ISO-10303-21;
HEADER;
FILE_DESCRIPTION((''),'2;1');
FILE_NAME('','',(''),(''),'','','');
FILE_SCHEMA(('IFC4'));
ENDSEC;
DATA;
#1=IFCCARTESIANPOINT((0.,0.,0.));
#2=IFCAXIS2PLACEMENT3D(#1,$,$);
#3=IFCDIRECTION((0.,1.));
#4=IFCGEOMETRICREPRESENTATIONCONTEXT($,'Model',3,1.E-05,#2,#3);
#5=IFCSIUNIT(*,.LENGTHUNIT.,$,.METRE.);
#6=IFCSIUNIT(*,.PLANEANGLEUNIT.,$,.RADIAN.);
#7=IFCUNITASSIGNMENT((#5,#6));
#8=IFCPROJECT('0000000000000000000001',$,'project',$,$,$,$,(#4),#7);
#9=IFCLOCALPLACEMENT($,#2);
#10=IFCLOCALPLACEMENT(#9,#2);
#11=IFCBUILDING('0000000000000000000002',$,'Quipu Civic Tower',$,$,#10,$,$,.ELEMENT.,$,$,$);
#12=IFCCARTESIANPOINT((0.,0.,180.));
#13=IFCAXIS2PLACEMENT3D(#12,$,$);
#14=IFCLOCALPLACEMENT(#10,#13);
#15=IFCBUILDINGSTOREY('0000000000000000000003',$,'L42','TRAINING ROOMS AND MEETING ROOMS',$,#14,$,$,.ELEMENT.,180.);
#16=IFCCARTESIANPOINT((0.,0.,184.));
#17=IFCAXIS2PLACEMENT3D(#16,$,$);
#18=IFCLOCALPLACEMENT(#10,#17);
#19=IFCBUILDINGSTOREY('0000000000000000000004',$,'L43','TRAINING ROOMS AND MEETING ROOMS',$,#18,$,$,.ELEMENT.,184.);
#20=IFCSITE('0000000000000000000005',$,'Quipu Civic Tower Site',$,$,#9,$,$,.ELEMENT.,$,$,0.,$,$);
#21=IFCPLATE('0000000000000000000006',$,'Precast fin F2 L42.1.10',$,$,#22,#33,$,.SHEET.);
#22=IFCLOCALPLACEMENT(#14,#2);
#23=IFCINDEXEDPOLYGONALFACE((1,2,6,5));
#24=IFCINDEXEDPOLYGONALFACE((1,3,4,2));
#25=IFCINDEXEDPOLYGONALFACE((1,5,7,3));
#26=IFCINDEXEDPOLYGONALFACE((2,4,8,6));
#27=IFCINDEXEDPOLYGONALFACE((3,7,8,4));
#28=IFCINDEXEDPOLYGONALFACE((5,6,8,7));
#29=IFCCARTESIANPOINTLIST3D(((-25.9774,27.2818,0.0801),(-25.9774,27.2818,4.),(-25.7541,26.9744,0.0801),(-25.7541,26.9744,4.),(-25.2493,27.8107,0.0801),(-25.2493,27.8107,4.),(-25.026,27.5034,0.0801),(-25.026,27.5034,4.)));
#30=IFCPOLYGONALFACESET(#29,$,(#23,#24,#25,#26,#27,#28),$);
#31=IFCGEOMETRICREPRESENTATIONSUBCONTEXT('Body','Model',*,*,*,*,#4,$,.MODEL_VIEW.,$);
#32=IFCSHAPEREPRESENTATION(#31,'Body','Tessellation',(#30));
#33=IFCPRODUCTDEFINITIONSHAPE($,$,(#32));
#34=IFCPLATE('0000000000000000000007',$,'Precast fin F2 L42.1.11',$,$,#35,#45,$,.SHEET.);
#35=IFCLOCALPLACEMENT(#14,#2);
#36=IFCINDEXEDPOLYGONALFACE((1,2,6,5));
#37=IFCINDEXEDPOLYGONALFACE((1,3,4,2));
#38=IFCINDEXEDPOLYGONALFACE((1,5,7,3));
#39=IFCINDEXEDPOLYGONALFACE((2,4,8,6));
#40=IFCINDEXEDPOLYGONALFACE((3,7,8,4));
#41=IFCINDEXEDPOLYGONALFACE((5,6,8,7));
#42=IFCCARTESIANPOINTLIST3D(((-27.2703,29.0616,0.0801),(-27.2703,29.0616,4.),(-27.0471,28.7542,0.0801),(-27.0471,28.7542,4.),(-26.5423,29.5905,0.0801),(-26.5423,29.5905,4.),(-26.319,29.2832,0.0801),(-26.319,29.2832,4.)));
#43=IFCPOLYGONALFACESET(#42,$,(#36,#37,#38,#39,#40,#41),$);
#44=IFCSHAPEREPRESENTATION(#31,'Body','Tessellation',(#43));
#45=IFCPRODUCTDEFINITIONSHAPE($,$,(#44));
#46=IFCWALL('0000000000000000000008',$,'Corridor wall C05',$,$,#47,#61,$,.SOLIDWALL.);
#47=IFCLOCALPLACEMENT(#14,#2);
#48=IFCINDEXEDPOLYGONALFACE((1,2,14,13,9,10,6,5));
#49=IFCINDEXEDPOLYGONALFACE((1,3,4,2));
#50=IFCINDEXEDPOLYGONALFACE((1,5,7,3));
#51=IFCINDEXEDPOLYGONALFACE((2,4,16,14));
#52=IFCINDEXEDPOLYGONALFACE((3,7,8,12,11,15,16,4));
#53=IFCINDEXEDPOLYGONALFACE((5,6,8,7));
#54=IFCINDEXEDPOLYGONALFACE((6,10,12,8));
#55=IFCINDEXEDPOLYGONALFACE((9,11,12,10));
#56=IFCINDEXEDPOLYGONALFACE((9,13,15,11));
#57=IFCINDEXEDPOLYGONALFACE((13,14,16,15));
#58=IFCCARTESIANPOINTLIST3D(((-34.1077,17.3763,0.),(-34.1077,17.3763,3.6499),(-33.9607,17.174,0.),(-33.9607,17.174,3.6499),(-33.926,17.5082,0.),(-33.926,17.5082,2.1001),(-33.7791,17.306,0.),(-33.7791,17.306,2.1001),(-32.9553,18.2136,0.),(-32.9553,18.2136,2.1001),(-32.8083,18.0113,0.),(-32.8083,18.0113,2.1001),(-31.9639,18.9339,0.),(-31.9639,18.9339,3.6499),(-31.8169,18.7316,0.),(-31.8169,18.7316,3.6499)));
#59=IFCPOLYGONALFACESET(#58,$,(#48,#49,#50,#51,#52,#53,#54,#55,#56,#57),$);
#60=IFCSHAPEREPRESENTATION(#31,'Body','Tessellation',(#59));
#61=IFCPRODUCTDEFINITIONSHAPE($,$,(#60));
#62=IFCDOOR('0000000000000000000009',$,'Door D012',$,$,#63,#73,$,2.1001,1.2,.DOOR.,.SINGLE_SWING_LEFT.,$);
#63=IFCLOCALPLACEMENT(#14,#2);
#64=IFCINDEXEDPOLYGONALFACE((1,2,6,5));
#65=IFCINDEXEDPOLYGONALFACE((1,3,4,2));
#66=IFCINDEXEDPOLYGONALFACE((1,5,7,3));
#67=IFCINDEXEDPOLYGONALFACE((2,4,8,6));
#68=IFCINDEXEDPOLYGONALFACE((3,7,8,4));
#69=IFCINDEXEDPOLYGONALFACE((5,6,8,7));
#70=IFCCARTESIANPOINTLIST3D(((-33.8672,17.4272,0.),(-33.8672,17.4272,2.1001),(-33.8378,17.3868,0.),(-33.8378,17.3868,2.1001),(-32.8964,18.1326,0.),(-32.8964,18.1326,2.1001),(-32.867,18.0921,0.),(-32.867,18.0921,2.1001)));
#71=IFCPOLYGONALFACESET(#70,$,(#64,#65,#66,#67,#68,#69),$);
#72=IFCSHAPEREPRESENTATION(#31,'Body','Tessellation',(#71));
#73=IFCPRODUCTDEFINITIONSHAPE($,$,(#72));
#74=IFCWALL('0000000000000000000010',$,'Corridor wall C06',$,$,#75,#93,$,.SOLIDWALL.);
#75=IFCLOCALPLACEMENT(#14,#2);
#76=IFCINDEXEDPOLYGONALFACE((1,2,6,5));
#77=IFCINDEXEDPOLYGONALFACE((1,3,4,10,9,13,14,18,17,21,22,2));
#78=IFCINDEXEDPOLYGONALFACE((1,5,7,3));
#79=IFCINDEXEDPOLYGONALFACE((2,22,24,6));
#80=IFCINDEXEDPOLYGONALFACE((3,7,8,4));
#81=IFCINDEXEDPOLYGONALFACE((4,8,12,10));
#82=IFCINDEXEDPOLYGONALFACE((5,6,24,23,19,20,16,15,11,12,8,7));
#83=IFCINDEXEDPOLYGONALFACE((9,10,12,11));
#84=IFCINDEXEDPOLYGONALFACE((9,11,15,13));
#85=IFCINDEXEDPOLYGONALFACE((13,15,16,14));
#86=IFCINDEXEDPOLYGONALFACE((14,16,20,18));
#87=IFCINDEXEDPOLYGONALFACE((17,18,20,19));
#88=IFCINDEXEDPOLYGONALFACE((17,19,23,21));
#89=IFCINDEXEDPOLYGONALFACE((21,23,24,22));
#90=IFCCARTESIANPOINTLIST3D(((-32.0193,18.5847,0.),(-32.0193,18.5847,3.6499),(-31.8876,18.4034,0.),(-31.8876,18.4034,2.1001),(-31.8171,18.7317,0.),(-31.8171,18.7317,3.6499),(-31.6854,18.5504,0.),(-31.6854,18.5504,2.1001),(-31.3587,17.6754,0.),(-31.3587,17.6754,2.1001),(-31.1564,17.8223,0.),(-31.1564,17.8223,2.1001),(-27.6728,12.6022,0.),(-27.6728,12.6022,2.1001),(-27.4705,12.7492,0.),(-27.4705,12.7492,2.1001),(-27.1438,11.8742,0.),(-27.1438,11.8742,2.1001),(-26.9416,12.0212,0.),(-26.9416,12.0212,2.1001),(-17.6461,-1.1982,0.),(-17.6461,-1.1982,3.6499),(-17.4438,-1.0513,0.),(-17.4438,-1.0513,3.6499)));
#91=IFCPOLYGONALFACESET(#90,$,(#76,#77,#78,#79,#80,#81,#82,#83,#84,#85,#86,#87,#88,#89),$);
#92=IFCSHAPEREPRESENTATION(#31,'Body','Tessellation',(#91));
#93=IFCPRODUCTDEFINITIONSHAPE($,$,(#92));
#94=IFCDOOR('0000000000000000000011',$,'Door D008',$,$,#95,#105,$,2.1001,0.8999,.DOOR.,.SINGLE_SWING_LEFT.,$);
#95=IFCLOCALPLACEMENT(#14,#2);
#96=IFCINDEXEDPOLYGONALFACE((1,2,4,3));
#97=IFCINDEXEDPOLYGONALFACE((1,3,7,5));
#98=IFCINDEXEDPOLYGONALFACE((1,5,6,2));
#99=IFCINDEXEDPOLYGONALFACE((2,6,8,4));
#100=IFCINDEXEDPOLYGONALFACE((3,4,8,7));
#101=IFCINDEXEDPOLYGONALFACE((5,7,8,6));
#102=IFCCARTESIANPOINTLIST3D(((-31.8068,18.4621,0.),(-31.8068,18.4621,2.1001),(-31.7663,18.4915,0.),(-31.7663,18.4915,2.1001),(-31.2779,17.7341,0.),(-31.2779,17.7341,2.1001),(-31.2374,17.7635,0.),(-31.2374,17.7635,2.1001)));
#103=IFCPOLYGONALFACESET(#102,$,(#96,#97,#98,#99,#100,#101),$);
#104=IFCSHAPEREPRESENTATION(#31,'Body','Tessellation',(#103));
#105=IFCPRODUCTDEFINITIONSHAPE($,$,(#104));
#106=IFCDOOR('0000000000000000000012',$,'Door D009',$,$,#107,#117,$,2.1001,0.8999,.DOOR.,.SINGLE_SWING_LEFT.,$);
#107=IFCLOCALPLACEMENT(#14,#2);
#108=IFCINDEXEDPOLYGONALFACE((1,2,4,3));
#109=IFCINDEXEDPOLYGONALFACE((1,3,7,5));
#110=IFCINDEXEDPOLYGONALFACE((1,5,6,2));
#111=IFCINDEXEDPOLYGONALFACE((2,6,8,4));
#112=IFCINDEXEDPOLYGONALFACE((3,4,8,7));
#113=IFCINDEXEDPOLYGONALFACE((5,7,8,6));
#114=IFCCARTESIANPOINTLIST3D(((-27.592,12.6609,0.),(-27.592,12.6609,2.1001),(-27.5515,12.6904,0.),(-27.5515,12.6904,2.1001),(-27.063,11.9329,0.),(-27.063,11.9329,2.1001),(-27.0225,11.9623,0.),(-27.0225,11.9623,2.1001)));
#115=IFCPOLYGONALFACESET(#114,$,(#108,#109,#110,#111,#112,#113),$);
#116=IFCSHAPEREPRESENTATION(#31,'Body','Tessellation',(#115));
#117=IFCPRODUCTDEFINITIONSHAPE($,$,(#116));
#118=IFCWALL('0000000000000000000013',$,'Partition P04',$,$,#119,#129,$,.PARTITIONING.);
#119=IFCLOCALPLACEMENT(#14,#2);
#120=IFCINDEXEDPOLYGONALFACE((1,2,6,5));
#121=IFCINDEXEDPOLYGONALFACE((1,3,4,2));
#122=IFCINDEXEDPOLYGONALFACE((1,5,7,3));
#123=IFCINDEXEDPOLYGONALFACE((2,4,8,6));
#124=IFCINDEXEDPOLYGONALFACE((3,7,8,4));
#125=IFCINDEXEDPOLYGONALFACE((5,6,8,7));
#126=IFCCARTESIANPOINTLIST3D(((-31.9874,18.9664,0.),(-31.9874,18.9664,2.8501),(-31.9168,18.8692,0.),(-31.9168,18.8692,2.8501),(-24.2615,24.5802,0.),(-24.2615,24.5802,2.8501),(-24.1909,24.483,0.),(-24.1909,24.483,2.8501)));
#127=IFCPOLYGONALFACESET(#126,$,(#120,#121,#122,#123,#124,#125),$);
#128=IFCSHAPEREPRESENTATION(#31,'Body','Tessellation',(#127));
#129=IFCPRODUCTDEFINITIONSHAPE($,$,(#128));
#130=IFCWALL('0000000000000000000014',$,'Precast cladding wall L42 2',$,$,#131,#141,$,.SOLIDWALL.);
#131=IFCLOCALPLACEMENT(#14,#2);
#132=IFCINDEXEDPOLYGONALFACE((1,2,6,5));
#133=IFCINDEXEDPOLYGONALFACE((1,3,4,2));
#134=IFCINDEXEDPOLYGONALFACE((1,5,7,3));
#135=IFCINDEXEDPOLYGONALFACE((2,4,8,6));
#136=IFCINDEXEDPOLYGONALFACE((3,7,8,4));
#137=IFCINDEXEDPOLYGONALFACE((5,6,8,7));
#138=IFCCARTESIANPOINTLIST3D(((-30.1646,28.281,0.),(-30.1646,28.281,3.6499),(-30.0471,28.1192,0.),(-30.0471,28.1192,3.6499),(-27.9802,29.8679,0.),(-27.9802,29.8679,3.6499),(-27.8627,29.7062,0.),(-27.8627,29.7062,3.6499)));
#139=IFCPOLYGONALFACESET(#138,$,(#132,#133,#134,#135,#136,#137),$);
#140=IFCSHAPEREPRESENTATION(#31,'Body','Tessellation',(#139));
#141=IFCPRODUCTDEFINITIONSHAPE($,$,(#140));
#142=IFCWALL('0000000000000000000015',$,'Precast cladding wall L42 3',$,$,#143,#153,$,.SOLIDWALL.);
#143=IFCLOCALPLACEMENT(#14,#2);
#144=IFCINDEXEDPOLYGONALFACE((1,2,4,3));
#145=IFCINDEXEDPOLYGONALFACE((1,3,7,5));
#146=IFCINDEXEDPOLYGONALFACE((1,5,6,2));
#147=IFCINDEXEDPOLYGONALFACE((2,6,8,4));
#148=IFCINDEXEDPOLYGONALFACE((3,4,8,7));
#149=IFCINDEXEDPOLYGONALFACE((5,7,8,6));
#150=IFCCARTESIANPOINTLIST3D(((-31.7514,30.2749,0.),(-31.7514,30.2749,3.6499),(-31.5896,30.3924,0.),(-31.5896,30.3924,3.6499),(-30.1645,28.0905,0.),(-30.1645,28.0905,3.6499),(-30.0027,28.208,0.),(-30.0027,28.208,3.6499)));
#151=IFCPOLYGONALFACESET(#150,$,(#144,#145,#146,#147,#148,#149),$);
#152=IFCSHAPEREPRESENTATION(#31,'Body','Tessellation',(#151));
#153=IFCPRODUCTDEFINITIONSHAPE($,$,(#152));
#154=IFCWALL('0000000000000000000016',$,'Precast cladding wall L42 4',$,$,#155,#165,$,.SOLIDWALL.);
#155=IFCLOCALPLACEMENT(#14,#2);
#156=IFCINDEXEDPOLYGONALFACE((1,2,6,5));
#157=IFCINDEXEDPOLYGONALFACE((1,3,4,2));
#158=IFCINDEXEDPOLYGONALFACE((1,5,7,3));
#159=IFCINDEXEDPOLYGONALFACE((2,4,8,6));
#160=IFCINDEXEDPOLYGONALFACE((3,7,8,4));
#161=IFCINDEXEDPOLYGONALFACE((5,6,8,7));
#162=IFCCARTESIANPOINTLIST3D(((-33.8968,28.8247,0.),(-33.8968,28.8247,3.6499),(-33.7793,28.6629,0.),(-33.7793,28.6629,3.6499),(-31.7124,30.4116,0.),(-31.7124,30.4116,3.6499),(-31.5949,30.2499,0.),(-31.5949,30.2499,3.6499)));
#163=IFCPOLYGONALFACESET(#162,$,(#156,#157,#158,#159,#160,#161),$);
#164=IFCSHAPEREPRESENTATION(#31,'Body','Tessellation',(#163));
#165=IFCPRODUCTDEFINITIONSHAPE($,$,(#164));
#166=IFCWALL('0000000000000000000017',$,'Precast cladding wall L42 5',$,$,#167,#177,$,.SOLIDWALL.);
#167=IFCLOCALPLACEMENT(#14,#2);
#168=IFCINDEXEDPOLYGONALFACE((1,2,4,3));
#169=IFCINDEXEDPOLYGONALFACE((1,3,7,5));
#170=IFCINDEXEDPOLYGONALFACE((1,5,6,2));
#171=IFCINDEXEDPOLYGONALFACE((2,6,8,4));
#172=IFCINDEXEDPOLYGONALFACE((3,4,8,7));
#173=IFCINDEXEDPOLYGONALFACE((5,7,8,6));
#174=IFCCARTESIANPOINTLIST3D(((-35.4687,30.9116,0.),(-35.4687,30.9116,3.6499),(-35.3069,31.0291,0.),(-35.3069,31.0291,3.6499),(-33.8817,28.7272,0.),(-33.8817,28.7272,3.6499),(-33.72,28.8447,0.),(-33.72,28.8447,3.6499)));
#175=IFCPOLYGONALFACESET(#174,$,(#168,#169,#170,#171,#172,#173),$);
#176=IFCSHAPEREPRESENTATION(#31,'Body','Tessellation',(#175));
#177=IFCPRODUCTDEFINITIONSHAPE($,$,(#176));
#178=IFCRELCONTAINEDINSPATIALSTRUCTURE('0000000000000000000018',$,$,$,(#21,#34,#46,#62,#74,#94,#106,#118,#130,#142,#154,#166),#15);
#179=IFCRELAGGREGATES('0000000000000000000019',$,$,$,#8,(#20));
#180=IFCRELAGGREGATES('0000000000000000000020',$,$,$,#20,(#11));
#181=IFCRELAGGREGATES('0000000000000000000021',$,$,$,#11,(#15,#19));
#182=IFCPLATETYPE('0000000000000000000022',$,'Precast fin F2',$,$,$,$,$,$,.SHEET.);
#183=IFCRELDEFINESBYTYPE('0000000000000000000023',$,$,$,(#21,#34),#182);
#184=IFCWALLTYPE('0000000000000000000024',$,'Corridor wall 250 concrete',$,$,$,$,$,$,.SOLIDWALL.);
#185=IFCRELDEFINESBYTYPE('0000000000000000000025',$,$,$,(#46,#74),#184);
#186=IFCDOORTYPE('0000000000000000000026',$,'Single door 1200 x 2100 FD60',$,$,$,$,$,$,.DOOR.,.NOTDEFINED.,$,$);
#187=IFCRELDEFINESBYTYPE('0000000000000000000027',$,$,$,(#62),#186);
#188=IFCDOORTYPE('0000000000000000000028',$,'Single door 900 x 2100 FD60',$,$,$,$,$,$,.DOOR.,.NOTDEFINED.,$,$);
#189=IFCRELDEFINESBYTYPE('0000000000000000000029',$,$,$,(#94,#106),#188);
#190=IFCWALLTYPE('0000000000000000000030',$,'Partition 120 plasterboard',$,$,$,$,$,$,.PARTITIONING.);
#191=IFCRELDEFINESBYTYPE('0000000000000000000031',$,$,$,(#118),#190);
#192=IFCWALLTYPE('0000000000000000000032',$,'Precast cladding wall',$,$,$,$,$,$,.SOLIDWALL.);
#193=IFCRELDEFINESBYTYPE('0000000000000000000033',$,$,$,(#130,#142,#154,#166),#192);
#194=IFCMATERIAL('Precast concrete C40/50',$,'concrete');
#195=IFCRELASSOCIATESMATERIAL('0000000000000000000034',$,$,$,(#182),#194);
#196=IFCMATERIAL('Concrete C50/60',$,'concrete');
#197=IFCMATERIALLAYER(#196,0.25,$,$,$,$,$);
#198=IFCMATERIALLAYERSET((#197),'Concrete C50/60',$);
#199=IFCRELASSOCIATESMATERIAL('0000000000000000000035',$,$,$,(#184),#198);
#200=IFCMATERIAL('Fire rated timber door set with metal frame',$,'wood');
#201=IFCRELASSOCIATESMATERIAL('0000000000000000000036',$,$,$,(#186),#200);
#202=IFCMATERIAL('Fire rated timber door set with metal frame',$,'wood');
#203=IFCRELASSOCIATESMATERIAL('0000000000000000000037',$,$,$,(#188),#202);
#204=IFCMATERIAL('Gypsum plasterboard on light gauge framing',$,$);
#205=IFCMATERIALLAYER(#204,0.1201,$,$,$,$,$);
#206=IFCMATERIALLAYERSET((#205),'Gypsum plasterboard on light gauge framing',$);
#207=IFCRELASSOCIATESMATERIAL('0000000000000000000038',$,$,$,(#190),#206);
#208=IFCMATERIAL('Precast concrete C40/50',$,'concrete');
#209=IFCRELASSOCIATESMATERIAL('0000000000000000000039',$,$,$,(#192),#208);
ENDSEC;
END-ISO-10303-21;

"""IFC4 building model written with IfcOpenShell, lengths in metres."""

from ifc_helpers import new_model, si_unit, direction, frame, frame_2d, origin, origin_2d, place, context, subcontext, project, spatial, rectangle, extrude, material, layer, layer_set, type_object, element, fill, save


model = new_model("IFC4")

# Units and contexts
model_context = context("Model", 3, precision=1e-05, world=origin(), true_north=direction((0.0, 1.0)))
body_context = subcontext(model_context, "Body", "Model", "MODEL_VIEW")
ifc_project = project(units=[si_unit("LENGTHUNIT", "METRE"), si_unit("PLANEANGLEUNIT", "RADIAN")], contexts=[model_context])

# Site, building, storey
site_placement = place(None, origin())
site = spatial("IfcSite", under=ifc_project, at=site_placement, Name="Quipu Civic Tower Site", CompositionType="ELEMENT", RefElevation=0.0)
building_placement = place(site_placement, origin())
building = spatial("IfcBuilding", under=site, at=building_placement, Name="Quipu Civic Tower", CompositionType="ELEMENT")
storey_1_placement = place(building_placement, frame((0.0, 0.0, 180.0)))
storey_1 = spatial("IfcBuildingStorey", under=building, at=storey_1_placement, Name="L42", Description="TRAINING ROOMS AND MEETING ROOMS", CompositionType="ELEMENT", Elevation=180.0)

# Shared definitions
storey_2_placement = place(building_placement, frame((0.0, 0.0, 184.0)))
storey_2 = spatial("IfcBuildingStorey", under=building, at=storey_2_placement, Name="L43", Description="TRAINING ROOMS AND MEETING ROOMS", CompositionType="ELEMENT", Elevation=184.0)

# Plates
ifc_material_1 = material(Name="Precast concrete C40/50", Category="concrete")
plate_type_1 = type_object("IfcPlateType", Name="Precast fin F2", PredefinedType="SHEET", material=ifc_material_1)
for number, where, z_axis, x_axis, name in (
    (1, (-25.5017, 27.3926, 0.0801), (0.0, 0.0, 1.0), (-0.587787, 0.809016, 0.0), "Precast fin F2 L42.1.10"),
    (2, (-26.7947, 29.1724, 0.0801), (0.0, 0.0, 1.0), (-0.587787, 0.809016, 0.0), "Precast fin F2 L42.1.11"),
):
    element("IfcPlate", number, at=place(storey_1_placement, frame(where, z_axis=z_axis, x_axis=x_axis)), inside=storey_1, type_object=plate_type_1, Name=name, PredefinedType="SHEET", context=body_context, shape_type="SweptSolid", body=[
        extrude(rectangle(XDim=0.3799, YDim=0.8999, at=origin_2d()), origin(), (0.0, 0.0, 1.0), 3.9199),
    ])

# Wall, opening, door
ifc_material_2 = material(Name="Concrete C50/60", Category="concrete")
ifc_layer_1 = layer(ifc_material_2, 0.25)
ifc_layer_set_1 = layer_set([ifc_layer_1], Name="Concrete C50/60")
wall_type_1 = type_object("IfcWallType", Name="Corridor wall 250 concrete", PredefinedType="SOLIDWALL", material=ifc_layer_set_1)
wall_1_placement = place(storey_1_placement, frame((-34.0342, 17.2751, 0.0), z_axis=(0.0, 0.0, 1.0), x_axis=(0.809007, 0.587799, 0.0)))
wall_1 = element("IfcWall", 3, at=wall_1_placement, inside=storey_1, type_object=wall_type_1, Name="Corridor wall C05", PredefinedType="SOLIDWALL", context=body_context, shape_type="SweptSolid", body=[
    extrude(rectangle(XDim=2.6499, YDim=0.25, at=frame_2d((1.325, 0.0))), origin(), (0.0, 0.0, 1.0), 3.6499),
])
opening_1_placement = place(wall_1_placement, frame((0.2244, 0.0, 0.0)))
opening_1 = element("IfcOpeningElement", 4, at=opening_1_placement, cuts=wall_1, PredefinedType="OPENING", context=body_context, shape_type="SweptSolid", body=[
    extrude(rectangle(XDim=1.2, YDim=2.1001, at=frame_2d((0.6001, 1.05))), frame((0.0, 0.135, 0.0), z_axis=(0.0, -1.0, 0.0), x_axis=(1.0, 0.0, 0.0)), (0.0, 0.0, 1.0), 0.27),
])
ifc_material_3 = material(Name="Fire rated timber door set with metal frame", Category="wood")
door_type_1 = type_object("IfcDoorType", Name="Single door 1200 x 2100 FD60", OperationType="NOTDEFINED", PredefinedType="DOOR", material=ifc_material_3)
door_1_placement = place(opening_1_placement, origin())
door_1 = element("IfcDoor", 5, at=door_1_placement, inside=storey_1, type_object=door_type_1, Name="Door D012", OperationType="SINGLE_SWING_LEFT", OverallHeight=2.1001, OverallWidth=1.2, PredefinedType="DOOR", context=body_context, shape_type="SweptSolid", body=[
    extrude(rectangle(XDim=1.2, YDim=2.1001, at=frame_2d((0.6001, 1.05))), frame((0.0, 0.0249, 0.0), z_axis=(0.0, -1.0, 0.0), x_axis=(1.0, 0.0, 0.0)), (0.0, 0.0, 1.0), 0.05),
])
fill(opening_1, door_1)

# Wall, openings, doors
wall_2_placement = place(storey_1_placement, frame((-31.9182, 18.6582, 0.0), z_axis=(0.0, 0.0, 1.0), x_axis=(0.587789, -0.809014, 0.0)))
wall_2 = element("IfcWall", 6, at=wall_2_placement, inside=storey_1, type_object=wall_type_1, Name="Corridor wall C06", PredefinedType="SOLIDWALL", context=body_context, shape_type="SweptSolid", body=[
    extrude(rectangle(XDim=24.4531, YDim=0.25, at=frame_2d((12.2266, 0.0))), origin(), (0.0, 0.0, 1.0), 3.6499),
])
opening_2_placement = place(wall_2_placement, frame((0.2241, 0.0, 0.0)))
opening_2 = element("IfcOpeningElement", 7, at=opening_2_placement, cuts=wall_2, PredefinedType="OPENING", context=body_context, shape_type="SweptSolid", body=[
    extrude(rectangle(XDim=0.8999, YDim=2.1001, at=frame_2d((0.45, 1.05))), frame((0.0, 0.135, 0.0), z_axis=(0.0, -1.0, 0.0), x_axis=(1.0, 0.0, 0.0)), (0.0, 0.0, 1.0), 0.27),
])
opening_3_placement = place(wall_2_placement, frame((7.3948, 0.0, 0.0)))
opening_3 = element("IfcOpeningElement", 8, at=opening_3_placement, cuts=wall_2, PredefinedType="OPENING", context=body_context, shape_type="SweptSolid", body=[
    extrude(rectangle(XDim=0.8999, YDim=2.1001, at=frame_2d((0.45, 1.05))), frame((0.0, 0.135, 0.0), z_axis=(0.0, -1.0, 0.0), x_axis=(1.0, 0.0, 0.0)), (0.0, 0.0, 1.0), 0.27),
])
ifc_material_4 = material(Name="Fire rated timber door set with metal frame", Category="wood")
door_type_2 = type_object("IfcDoorType", Name="Single door 900 x 2100 FD60", OperationType="NOTDEFINED", PredefinedType="DOOR", material=ifc_material_4)
door_2_placement = place(opening_2_placement, origin())
door_2 = element("IfcDoor", 9, at=door_2_placement, inside=storey_1, type_object=door_type_2, Name="Door D008", OperationType="SINGLE_SWING_LEFT", OverallHeight=2.1001, OverallWidth=0.8999, PredefinedType="DOOR", context=body_context, shape_type="SweptSolid", body=[
    extrude(rectangle(XDim=0.8999, YDim=2.1001, at=frame_2d((0.45, 1.05))), frame((0.0, 0.0249, 0.0), z_axis=(0.0, -1.0, 0.0), x_axis=(1.0, 0.0, 0.0)), (0.0, 0.0, 1.0), 0.05),
])
fill(opening_2, door_2)
door_3_placement = place(opening_3_placement, origin())
door_3 = element("IfcDoor", 10, at=door_3_placement, inside=storey_1, type_object=door_type_2, Name="Door D009", OperationType="SINGLE_SWING_LEFT", OverallHeight=2.1001, OverallWidth=0.8999, PredefinedType="DOOR", context=body_context, shape_type="SweptSolid", body=[
    extrude(rectangle(XDim=0.8999, YDim=2.1001, at=frame_2d((0.45, 1.05))), frame((0.0, 0.0249, 0.0), z_axis=(0.0, -1.0, 0.0), x_axis=(1.0, 0.0, 0.0)), (0.0, 0.0, 1.0), 0.05),
])
fill(opening_3, door_3)

# Walls
ifc_material_5 = material(Name="Gypsum plasterboard on light gauge framing")
ifc_layer_2 = layer(ifc_material_5, 0.1201)
ifc_layer_set_2 = layer_set([ifc_layer_2], Name="Gypsum plasterboard on light gauge framing")
wall_type_2 = type_object("IfcWallType", Name="Partition 120 plasterboard", PredefinedType="PARTITIONING", material=ifc_layer_set_2)
wall_3_placement = place(storey_1_placement, frame((-24.2263, 24.5315, 0.0), z_axis=(0.0, 0.0, 1.0), x_axis=(-0.808986, -0.587828, 0.0)))
element("IfcWall", 11, at=wall_3_placement, inside=storey_1, type_object=wall_type_2, Name="Partition P04", PredefinedType="PARTITIONING", context=body_context, shape_type="SweptSolid", body=[
    extrude(rectangle(XDim=9.55, YDim=0.1201, at=frame_2d((4.7749, 0.0))), origin(), (0.0, 0.0, 1.0), 2.8501),
])
ifc_material_6 = material(Name="Precast concrete C40/50", Category="concrete")
wall_type_3 = type_object("IfcWallType", Name="Precast cladding wall", PredefinedType="SOLIDWALL", material=ifc_material_6)
for number, where, z_axis, x_axis, name in (
    (12, (-27.9214, 29.7871, 0.0), (0.0, 0.0, 1.0), (-0.809033, -0.587763, 0.0), "Precast cladding wall L42 2"),
    (13, (-30.0835, 28.1492, 0.0), (0.0, 0.0, 1.0), (-0.587763, 0.809033, 0.0), "Precast cladding wall L42 3"),
    (14, (-31.6536, 30.3308, 0.0), (0.0, 0.0, 1.0), (-0.809033, -0.587763, 0.0), "Precast cladding wall L42 4"),
    (15, (-33.8008, 28.7859, 0.0), (0.0, 0.0, 1.0), (-0.587763, 0.809033, 0.0), "Precast cladding wall L42 5"),
):
    element("IfcWall", number, at=place(storey_1_placement, frame(where, z_axis=z_axis, x_axis=x_axis)), inside=storey_1, type_object=wall_type_3, Name=name, PredefinedType="SOLIDWALL", context=body_context, shape_type="SweptSolid", body=[
        extrude(rectangle(XDim=2.7, YDim=0.2, at=frame_2d((1.3501, 0.0))), origin(), (0.0, 0.0, 1.0), 3.6499),
    ])

save(model, "model.ifc")
